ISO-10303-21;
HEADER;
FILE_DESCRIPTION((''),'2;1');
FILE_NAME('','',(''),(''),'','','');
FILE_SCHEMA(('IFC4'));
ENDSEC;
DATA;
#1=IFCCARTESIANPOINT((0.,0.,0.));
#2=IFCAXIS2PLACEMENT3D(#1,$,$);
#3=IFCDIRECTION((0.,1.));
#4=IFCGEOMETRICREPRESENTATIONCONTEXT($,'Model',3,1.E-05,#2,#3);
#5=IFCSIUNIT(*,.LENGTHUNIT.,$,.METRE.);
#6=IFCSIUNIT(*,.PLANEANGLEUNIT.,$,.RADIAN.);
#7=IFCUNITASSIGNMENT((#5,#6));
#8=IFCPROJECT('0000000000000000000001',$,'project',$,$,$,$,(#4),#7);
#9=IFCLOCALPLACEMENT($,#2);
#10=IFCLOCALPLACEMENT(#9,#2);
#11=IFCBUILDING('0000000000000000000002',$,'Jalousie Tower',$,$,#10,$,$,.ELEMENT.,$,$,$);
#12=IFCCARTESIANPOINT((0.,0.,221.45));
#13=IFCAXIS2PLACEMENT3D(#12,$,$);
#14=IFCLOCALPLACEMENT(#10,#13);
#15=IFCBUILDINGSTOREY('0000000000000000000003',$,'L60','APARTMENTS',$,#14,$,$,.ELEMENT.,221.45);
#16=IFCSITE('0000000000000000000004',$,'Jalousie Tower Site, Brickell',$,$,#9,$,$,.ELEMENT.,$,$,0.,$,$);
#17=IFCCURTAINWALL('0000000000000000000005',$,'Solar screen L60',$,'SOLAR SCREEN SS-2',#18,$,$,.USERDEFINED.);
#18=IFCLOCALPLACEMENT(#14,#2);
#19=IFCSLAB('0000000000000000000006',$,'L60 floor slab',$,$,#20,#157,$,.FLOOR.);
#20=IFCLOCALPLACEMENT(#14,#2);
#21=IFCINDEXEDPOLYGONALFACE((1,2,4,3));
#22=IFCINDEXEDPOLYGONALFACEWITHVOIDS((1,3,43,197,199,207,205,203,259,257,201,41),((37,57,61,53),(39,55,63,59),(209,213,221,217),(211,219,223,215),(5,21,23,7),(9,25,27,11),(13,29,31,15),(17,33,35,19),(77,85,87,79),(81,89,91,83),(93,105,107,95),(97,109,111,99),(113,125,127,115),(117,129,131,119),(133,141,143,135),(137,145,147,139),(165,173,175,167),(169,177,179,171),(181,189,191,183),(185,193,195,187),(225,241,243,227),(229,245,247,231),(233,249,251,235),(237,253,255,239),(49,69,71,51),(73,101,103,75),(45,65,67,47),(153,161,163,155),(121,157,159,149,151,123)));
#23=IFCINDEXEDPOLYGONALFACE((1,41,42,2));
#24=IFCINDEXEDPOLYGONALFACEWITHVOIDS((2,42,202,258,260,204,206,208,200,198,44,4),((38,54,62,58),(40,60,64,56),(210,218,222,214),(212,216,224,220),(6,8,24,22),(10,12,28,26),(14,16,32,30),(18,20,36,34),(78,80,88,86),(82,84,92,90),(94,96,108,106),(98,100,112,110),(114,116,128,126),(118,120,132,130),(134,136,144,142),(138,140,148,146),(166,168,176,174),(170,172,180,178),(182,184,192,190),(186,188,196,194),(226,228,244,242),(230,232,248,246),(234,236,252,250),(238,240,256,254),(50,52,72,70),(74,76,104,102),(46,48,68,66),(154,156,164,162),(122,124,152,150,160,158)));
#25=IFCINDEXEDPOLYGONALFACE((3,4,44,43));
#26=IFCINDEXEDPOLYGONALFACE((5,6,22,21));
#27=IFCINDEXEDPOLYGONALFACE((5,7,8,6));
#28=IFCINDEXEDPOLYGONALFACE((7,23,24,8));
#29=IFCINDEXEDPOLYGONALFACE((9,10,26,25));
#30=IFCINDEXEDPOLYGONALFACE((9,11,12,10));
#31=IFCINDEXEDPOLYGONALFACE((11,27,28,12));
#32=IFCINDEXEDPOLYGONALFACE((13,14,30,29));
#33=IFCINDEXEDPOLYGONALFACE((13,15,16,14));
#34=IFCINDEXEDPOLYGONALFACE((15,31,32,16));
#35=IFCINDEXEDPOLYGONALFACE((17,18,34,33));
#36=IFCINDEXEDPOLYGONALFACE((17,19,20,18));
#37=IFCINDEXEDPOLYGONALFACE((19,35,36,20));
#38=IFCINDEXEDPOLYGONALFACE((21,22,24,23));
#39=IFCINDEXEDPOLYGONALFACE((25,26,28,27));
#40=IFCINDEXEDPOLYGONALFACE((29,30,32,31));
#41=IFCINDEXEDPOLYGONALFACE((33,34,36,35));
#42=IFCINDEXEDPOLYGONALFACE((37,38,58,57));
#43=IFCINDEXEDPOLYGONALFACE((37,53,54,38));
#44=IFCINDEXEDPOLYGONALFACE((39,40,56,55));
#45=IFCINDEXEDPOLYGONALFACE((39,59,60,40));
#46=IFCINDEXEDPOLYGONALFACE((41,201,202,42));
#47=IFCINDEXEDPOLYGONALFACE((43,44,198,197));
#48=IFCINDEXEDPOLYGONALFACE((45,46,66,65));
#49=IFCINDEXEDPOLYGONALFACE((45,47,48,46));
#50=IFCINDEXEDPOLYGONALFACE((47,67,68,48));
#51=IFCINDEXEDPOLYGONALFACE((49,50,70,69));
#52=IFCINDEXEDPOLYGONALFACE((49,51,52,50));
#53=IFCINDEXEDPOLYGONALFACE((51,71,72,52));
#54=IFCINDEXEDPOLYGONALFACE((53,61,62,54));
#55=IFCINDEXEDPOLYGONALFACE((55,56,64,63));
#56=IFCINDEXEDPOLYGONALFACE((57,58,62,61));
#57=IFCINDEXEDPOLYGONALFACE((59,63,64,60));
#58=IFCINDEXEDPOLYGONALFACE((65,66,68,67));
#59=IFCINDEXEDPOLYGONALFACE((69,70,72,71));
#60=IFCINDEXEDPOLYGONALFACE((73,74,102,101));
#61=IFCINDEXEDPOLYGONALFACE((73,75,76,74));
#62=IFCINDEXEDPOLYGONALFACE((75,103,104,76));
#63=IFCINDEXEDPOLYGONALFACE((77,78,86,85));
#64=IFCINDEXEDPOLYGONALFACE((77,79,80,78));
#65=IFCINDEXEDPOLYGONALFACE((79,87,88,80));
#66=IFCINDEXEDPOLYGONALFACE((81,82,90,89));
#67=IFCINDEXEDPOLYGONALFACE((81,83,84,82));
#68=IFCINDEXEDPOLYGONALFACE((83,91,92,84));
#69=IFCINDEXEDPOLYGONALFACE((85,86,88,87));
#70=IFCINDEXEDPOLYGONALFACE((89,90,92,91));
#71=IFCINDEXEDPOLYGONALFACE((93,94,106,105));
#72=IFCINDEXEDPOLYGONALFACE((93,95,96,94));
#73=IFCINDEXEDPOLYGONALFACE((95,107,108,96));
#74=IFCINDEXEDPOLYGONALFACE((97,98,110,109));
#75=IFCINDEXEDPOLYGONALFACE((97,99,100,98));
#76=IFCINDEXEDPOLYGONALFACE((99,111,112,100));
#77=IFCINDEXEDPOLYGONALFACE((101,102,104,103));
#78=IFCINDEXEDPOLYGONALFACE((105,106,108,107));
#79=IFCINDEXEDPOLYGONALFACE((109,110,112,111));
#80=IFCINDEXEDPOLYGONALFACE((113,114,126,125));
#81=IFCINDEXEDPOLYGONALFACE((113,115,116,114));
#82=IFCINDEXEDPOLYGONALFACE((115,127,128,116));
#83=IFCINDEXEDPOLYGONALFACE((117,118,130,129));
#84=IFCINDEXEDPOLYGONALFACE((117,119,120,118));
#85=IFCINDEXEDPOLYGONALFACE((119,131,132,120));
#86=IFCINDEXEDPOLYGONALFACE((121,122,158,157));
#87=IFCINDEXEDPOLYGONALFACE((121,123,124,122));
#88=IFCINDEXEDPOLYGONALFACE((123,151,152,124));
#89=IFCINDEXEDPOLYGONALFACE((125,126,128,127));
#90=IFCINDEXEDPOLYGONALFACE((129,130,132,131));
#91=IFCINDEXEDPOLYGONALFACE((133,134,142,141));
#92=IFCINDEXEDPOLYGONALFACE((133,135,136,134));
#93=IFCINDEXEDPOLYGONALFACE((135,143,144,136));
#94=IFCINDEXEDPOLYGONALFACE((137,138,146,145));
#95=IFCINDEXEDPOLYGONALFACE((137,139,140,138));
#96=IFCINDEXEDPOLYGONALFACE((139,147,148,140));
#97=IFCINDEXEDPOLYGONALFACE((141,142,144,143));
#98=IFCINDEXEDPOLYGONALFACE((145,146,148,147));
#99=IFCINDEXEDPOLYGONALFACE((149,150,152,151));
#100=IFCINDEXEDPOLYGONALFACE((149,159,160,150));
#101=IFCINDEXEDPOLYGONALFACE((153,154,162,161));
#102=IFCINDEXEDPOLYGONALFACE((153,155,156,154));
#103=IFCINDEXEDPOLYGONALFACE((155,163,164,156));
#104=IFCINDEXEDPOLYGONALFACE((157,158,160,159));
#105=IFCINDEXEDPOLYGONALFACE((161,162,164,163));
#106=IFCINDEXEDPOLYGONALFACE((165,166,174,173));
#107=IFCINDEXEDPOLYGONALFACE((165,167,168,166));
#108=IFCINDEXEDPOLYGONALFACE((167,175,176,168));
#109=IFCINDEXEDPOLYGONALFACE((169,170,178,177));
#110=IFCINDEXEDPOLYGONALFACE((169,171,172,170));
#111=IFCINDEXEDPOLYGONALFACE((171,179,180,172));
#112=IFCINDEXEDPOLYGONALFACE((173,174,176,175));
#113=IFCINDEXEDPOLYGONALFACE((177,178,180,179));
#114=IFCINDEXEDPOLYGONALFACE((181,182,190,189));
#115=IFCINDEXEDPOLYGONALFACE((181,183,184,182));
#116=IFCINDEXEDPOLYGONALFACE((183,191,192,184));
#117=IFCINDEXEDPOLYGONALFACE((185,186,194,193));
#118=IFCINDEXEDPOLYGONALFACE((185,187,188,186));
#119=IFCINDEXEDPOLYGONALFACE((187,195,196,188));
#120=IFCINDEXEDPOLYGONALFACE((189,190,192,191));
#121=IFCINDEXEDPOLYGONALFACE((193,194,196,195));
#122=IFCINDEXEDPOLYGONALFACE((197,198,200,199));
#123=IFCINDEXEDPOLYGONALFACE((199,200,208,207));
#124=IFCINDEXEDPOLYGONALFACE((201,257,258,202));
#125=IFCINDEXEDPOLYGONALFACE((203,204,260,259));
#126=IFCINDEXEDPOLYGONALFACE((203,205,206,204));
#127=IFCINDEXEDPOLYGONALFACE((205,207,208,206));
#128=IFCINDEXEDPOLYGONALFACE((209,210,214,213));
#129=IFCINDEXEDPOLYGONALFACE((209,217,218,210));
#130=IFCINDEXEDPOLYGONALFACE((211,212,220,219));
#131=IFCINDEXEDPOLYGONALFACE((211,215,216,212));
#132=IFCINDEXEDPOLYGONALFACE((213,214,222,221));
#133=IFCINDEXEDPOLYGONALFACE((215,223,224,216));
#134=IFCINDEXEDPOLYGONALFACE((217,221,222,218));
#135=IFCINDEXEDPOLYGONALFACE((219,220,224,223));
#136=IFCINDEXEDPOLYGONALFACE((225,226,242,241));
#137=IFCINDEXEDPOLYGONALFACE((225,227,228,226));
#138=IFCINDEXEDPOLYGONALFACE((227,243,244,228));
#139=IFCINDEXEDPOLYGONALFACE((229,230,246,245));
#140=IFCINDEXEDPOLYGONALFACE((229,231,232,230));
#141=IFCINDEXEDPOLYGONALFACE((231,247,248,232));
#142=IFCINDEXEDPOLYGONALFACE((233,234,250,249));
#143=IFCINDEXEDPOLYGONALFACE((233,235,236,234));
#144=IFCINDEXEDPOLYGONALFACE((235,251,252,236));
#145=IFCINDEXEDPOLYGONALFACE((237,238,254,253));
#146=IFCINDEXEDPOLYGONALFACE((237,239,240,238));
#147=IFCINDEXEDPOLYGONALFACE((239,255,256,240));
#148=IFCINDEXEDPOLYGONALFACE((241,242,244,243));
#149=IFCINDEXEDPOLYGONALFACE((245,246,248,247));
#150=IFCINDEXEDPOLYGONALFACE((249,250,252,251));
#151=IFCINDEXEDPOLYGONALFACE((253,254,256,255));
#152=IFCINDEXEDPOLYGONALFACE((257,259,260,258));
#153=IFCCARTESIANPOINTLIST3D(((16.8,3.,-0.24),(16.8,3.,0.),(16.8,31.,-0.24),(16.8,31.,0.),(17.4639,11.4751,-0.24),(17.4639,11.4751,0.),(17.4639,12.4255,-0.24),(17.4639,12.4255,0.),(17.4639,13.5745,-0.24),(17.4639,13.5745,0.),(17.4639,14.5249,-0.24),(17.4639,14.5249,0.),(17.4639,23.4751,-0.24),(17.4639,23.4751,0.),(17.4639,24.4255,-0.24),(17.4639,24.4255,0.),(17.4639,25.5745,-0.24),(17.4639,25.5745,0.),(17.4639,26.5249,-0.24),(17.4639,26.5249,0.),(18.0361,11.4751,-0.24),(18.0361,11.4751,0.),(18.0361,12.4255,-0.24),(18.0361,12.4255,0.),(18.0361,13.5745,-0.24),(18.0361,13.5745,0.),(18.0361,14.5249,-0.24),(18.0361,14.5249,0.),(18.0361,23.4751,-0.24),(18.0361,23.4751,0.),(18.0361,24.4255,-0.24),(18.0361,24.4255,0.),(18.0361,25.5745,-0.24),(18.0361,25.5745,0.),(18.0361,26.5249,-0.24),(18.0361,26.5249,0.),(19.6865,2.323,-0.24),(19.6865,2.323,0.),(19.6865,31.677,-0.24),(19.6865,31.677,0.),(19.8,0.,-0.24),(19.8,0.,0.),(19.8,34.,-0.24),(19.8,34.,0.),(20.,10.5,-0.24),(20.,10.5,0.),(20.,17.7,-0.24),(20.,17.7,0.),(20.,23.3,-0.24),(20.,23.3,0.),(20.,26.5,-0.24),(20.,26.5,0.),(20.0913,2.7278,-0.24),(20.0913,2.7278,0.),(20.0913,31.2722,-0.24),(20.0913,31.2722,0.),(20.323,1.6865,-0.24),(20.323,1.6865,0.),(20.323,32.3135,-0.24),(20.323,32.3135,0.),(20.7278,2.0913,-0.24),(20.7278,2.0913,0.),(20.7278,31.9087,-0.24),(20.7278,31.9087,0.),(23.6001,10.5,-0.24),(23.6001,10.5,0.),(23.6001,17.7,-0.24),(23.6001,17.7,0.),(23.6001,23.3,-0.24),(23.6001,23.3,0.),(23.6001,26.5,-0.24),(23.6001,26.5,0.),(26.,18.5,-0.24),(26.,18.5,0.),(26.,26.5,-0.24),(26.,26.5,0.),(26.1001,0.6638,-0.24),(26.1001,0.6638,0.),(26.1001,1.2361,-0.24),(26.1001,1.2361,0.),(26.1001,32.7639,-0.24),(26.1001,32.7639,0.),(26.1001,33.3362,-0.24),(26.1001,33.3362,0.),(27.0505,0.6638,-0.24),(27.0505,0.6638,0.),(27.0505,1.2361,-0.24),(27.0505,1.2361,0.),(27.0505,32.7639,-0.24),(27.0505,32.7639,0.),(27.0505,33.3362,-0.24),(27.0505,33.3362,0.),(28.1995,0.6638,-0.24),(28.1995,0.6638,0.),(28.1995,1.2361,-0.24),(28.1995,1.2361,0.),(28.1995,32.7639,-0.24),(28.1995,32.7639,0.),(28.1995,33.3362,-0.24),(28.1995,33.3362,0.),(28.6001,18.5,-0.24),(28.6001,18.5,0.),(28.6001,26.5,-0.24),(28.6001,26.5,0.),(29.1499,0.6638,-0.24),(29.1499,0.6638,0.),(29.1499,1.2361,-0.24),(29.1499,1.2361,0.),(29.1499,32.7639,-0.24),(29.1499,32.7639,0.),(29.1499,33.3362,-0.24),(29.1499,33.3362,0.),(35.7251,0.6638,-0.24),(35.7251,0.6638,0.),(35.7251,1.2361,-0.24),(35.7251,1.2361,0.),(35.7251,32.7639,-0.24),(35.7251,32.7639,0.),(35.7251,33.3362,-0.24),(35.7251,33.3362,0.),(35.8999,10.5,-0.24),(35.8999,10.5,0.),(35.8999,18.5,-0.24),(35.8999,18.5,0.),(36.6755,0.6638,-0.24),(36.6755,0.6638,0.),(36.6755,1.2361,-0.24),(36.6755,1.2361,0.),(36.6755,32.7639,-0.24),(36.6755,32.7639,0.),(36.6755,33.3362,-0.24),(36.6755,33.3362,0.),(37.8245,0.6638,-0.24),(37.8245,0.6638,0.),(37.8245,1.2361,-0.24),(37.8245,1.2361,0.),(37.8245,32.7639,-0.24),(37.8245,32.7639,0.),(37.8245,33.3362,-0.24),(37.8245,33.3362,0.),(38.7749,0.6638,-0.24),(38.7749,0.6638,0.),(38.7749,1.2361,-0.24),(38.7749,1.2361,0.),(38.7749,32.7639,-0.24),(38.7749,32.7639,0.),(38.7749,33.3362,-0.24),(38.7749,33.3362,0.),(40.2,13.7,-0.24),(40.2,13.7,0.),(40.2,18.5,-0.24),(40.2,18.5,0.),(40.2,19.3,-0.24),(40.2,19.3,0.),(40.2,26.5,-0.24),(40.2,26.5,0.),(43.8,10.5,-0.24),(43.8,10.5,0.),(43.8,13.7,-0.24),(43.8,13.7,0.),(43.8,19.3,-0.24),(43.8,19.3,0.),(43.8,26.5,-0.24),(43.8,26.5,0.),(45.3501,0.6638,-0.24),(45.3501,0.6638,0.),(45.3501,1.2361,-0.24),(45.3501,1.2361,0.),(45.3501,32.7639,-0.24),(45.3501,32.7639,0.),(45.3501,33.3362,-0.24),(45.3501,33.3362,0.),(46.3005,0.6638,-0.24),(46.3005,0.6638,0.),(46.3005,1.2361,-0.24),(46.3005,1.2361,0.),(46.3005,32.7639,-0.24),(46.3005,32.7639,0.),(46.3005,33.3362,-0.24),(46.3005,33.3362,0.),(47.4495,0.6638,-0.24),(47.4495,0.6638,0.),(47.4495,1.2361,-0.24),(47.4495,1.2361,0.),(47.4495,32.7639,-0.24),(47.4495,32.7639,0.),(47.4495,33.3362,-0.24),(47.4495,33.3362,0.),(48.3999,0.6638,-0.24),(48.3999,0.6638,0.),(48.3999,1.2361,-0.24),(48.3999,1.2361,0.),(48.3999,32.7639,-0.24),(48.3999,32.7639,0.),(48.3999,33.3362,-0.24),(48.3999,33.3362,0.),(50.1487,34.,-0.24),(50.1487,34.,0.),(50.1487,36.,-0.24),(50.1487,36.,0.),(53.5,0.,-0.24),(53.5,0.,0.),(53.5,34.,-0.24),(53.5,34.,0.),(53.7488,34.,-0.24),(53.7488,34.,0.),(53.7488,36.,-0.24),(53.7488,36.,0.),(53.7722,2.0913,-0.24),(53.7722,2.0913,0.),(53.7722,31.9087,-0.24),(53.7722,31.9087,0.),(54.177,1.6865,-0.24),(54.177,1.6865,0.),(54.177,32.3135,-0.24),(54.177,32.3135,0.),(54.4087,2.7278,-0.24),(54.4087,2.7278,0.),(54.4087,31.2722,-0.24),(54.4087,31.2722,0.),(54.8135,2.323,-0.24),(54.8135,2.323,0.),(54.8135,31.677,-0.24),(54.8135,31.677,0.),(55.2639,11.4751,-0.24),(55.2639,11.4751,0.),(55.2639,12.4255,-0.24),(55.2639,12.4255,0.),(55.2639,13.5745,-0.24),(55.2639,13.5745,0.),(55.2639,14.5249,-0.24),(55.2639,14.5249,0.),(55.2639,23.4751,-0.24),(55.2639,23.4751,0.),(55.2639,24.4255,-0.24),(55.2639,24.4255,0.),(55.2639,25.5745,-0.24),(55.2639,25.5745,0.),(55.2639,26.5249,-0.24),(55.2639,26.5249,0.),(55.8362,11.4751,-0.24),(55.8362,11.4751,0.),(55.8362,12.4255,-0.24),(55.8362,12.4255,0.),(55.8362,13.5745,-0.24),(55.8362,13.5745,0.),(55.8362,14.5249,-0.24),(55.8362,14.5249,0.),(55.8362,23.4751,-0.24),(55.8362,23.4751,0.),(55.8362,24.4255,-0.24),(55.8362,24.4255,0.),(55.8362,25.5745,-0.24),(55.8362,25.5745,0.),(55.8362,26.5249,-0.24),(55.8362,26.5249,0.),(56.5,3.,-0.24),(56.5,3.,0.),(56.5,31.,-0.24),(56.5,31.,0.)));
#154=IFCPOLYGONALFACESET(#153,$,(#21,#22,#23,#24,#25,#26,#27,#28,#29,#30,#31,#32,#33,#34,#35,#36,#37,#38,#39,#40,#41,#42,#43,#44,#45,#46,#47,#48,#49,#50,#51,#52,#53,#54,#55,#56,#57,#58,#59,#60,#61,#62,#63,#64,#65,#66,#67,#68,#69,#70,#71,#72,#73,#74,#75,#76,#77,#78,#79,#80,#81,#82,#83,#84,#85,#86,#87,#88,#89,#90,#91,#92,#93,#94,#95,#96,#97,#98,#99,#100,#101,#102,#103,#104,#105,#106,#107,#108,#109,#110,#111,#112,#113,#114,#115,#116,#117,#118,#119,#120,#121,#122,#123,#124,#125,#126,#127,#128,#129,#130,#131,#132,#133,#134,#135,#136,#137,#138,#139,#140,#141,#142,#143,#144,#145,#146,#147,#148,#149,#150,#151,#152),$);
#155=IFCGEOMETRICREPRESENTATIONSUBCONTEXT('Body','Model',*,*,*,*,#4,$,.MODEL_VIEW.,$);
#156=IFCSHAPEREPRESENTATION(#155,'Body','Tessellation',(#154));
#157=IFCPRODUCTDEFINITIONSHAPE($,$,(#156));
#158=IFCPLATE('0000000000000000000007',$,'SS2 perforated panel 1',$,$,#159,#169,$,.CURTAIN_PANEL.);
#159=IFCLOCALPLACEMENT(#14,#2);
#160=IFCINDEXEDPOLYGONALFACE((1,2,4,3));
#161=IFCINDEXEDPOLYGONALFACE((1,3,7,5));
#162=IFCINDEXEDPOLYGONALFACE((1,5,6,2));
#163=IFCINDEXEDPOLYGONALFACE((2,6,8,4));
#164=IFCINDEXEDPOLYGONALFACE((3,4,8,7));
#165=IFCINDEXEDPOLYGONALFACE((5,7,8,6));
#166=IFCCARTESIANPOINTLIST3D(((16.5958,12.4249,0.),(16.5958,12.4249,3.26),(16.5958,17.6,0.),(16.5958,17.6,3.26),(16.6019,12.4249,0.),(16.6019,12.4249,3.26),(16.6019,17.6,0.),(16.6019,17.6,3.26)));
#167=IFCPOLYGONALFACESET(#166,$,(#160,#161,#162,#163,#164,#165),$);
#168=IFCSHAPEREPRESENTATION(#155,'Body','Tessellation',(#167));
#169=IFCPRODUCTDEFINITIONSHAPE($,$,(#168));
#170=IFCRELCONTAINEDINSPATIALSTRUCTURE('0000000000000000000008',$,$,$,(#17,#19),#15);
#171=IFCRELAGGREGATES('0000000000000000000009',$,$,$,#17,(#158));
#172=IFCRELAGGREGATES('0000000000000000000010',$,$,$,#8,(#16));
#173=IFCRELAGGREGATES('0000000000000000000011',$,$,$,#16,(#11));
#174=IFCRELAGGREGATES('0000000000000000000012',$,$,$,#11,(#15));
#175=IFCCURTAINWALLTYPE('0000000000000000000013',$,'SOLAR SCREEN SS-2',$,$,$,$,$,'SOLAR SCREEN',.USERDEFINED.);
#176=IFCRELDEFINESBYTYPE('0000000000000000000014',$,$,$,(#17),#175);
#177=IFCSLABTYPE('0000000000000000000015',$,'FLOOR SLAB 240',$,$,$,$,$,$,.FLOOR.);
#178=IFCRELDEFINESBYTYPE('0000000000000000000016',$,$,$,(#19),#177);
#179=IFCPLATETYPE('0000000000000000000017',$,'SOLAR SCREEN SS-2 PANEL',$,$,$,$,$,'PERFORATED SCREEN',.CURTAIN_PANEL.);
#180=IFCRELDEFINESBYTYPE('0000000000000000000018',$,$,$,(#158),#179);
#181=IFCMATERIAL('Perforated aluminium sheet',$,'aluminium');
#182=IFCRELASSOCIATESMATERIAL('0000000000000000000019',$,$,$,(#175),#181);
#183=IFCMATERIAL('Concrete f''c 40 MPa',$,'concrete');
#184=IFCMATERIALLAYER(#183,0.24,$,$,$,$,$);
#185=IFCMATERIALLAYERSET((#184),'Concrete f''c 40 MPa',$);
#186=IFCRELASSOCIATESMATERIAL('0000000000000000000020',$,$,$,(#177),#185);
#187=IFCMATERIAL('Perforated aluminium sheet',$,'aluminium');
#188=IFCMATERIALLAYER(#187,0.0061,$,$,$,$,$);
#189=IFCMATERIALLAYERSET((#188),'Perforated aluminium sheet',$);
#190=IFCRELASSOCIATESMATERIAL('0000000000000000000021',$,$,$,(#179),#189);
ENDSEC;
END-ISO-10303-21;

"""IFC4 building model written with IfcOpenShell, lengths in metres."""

from ifc_helpers import new_model, si_unit, direction, frame, origin, origin_2d, place, context, subcontext, project, spatial, polyline, rectangle, outline, extrude, material, layer, layer_set, type_object, element, aggregate, save


model = new_model("IFC4")

# Units and contexts
model_context = context("Model", 3, precision=1e-05, world=origin(), true_north=direction((0.0, 1.0)))
body_context = subcontext(model_context, "Body", "Model", "MODEL_VIEW")
ifc_project = project(units=[si_unit("LENGTHUNIT", "METRE"), si_unit("PLANEANGLEUNIT", "RADIAN")], contexts=[model_context])

# Site, building, storey
site_placement = place(None, origin())
site = spatial("IfcSite", under=ifc_project, at=site_placement, Name="Jalousie Tower Site, Brickell", CompositionType="ELEMENT", RefElevation=0.0)
building_placement = place(site_placement, origin())
building = spatial("IfcBuilding", under=site, at=building_placement, Name="Jalousie Tower", CompositionType="ELEMENT")
storey_placement = place(building_placement, frame((0.0, 0.0, 221.45)))
storey = spatial("IfcBuildingStorey", under=building, at=storey_placement, Name="L60", Description="APARTMENTS", CompositionType="ELEMENT", Elevation=221.45)

# Curtain wall
ifc_material_1 = material(Name="Perforated aluminium sheet", Category="aluminium")
curtain_wall_type_1 = type_object("IfcCurtainWallType", Name="SOLAR SCREEN SS-2", ElementType="SOLAR SCREEN", PredefinedType="USERDEFINED", material=ifc_material_1)
curtain_wall_1_placement = place(storey_placement, origin())
curtain_wall_1 = element("IfcCurtainWall", 1, at=curtain_wall_1_placement, inside=storey, type_object=curtain_wall_type_1, Name="Solar screen L60", ObjectType="SOLAR SCREEN SS-2", PredefinedType="USERDEFINED")

# Slab
ifc_material_2 = material(Name="Concrete f'c 40 MPa", Category="concrete")
ifc_layer_1 = layer(ifc_material_2, 0.24)
ifc_layer_set_1 = layer_set([ifc_layer_1], Name="Concrete f'c 40 MPa")
slab_type_1 = type_object("IfcSlabType", Name="FLOOR SLAB 240", PredefinedType="FLOOR", material=ifc_layer_set_1)
slab_1_placement = place(storey_placement, frame((0.0, 0.0, -0.24)))
element("IfcSlab", 2, at=slab_1_placement, inside=storey, type_object=slab_type_1, Name="L60 floor slab", PredefinedType="FLOOR", context=body_context, shape_type="SweptSolid", body=[
    extrude(outline(polyline([(16.8, 3.0), (16.8, 31.0), (19.8, 34.0), (50.1487, 34.0), (50.1487, 36.0), (53.7488, 36.0), (53.7488, 34.0), (53.5, 34.0), (56.5, 31.0), (56.5, 3.0), (53.5, 0.0), (19.8, 0.0), (16.8, 3.0)]), holes=[polyline([(55.8362, 26.5249), (55.2639, 26.5249), (55.2639, 25.5745), (55.8362, 25.5745), (55.8362, 26.5249)]), polyline([(55.8362, 23.4751), (55.8362, 24.4255), (55.2639, 24.4255), (55.2639, 23.4751), (55.8362, 23.4751)]), polyline([(55.8362, 13.5745), (55.8362, 14.5249), (55.2639, 14.5249), (55.2639, 13.5745), (55.8362, 13.5745)]), polyline([(55.8362, 11.4751), (55.8362, 12.4255), (55.2639, 12.4255), (55.2639, 11.4751), (55.8362, 11.4751)]), polyline([(54.177, 1.6865), (54.8135, 2.323), (54.4087, 2.7278), (53.7722, 2.0913), (54.177, 1.6865)]), polyline([(53.7722, 31.9087), (54.4087, 31.2722), (54.8135, 31.677), (54.177, 32.3135), (53.7722, 31.9087)]), polyline([(47.4495, 33.3362), (47.4495, 32.7639), (48.3999, 32.7639), (48.3999, 33.3362), (47.4495, 33.3362)]), polyline([(47.4495, 1.2361), (47.4495, 0.6638), (48.3999, 0.6638), (48.3999, 1.2361), (47.4495, 1.2361)]), polyline([(46.3005, 33.3362), (45.3501, 33.3362), (45.3501, 32.7639), (46.3005, 32.7639), (46.3005, 33.3362)]), polyline([(46.3005, 0.6638), (46.3005, 1.2361), (45.3501, 1.2361), (45.3501, 0.6638), (46.3005, 0.6638)]), polyline([(43.8, 19.3), (43.8, 26.5), (40.2, 26.5), (40.2, 19.3), (43.8, 19.3)]), polyline([(43.8, 10.5), (43.8, 13.7), (40.2, 13.7), (40.2, 18.5), (35.8999, 18.5), (35.8999, 10.5), (43.8, 10.5)]), polyline([(37.8245, 32.7639), (38.7749, 32.7639), (38.7749, 33.3362), (37.8245, 33.3362), (37.8245, 32.7639)]), polyline([(37.8245, 0.6638), (38.7749, 0.6638), (38.7749, 1.2361), (37.8245, 1.2361), (37.8245, 0.6638)]), polyline([(36.6755, 1.2361), (35.7251, 1.2361), (35.7251, 0.6638), (36.6755, 0.6638), (36.6755, 1.2361)]), polyline([(36.6755, 33.3362), (35.7251, 33.3362), (35.7251, 32.7639), (36.6755, 32.7639), (36.6755, 33.3362)]), polyline([(29.1499, 33.3362), (28.1995, 33.3362), (28.1995, 32.7639), (29.1499, 32.7639), (29.1499, 33.3362)]), polyline([(28.1995, 0.6638), (29.1499, 0.6638), (29.1499, 1.2361), (28.1995, 1.2361), (28.1995, 0.6638)]), polyline([(28.6001, 18.5), (28.6001, 26.5), (26.0, 26.5), (26.0, 18.5), (28.6001, 18.5)]), polyline([(26.1001, 32.7639), (27.0505, 32.7639), (27.0505, 33.3362), (26.1001, 33.3362), (26.1001, 32.7639)]), polyline([(26.1001, 0.6638), (27.0505, 0.6638), (27.0505, 1.2361), (26.1001, 1.2361), (26.1001, 0.6638)]), polyline([(23.6001, 23.3), (23.6001, 26.5), (20.0, 26.5), (20.0, 23.3), (23.6001, 23.3)]), polyline([(23.6001, 10.5), (23.6001, 17.7), (20.0, 17.7), (20.0, 10.5), (23.6001, 10.5)]), polyline([(19.6865, 31.677), (20.0913, 31.2722), (20.7278, 31.9087), (20.323, 32.3135), (19.6865, 31.677)]), polyline([(19.6865, 2.323), (20.323, 1.6865), (20.7278, 2.0913), (20.0913, 2.7278), (19.6865, 2.323)]), polyline([(17.4639, 24.4255), (17.4639, 23.4751), (18.0361, 23.4751), (18.0361, 24.4255), (17.4639, 24.4255)]), polyline([(18.0361, 25.5745), (18.0361, 26.5249), (17.4639, 26.5249), (17.4639, 25.5745), (18.0361, 25.5745)]), polyline([(18.0361, 14.5249), (17.4639, 14.5249), (17.4639, 13.5745), (18.0361, 13.5745), (18.0361, 14.5249)]), polyline([(18.0361, 11.4751), (18.0361, 12.4255), (17.4639, 12.4255), (17.4639, 11.4751), (18.0361, 11.4751)])]), origin(), (0.0, 0.0, 1.0), 0.24),
])

# Plate
ifc_material_3 = material(Name="Perforated aluminium sheet", Category="aluminium")
ifc_layer_2 = layer(ifc_material_3, 0.0061)
ifc_layer_set_2 = layer_set([ifc_layer_2], Name="Perforated aluminium sheet")
plate_type = type_object("IfcPlateType", Name="SOLAR SCREEN SS-2 PANEL", ElementType="PERFORATED SCREEN", PredefinedType="CURTAIN_PANEL", material=ifc_layer_set_2)
plate_1_placement = place(storey_placement, frame((16.5989, 15.0125, 0.0), z_axis=(0.0, 0.0, 1.0), x_axis=(0.0, -1.0, 0.0)))
plate_1 = element("IfcPlate", 3, at=plate_1_placement, type_object=plate_type, Name="SS2 perforated panel 1", PredefinedType="CURTAIN_PANEL", context=body_context, shape_type="SweptSolid", body=[
    extrude(rectangle(XDim=5.175, YDim=0.0061, at=origin_2d()), origin(), (0.0, 0.0, 1.0), 3.26),
])
aggregate(curtain_wall_1, [plate_1])

save(model, "model.ifc")
